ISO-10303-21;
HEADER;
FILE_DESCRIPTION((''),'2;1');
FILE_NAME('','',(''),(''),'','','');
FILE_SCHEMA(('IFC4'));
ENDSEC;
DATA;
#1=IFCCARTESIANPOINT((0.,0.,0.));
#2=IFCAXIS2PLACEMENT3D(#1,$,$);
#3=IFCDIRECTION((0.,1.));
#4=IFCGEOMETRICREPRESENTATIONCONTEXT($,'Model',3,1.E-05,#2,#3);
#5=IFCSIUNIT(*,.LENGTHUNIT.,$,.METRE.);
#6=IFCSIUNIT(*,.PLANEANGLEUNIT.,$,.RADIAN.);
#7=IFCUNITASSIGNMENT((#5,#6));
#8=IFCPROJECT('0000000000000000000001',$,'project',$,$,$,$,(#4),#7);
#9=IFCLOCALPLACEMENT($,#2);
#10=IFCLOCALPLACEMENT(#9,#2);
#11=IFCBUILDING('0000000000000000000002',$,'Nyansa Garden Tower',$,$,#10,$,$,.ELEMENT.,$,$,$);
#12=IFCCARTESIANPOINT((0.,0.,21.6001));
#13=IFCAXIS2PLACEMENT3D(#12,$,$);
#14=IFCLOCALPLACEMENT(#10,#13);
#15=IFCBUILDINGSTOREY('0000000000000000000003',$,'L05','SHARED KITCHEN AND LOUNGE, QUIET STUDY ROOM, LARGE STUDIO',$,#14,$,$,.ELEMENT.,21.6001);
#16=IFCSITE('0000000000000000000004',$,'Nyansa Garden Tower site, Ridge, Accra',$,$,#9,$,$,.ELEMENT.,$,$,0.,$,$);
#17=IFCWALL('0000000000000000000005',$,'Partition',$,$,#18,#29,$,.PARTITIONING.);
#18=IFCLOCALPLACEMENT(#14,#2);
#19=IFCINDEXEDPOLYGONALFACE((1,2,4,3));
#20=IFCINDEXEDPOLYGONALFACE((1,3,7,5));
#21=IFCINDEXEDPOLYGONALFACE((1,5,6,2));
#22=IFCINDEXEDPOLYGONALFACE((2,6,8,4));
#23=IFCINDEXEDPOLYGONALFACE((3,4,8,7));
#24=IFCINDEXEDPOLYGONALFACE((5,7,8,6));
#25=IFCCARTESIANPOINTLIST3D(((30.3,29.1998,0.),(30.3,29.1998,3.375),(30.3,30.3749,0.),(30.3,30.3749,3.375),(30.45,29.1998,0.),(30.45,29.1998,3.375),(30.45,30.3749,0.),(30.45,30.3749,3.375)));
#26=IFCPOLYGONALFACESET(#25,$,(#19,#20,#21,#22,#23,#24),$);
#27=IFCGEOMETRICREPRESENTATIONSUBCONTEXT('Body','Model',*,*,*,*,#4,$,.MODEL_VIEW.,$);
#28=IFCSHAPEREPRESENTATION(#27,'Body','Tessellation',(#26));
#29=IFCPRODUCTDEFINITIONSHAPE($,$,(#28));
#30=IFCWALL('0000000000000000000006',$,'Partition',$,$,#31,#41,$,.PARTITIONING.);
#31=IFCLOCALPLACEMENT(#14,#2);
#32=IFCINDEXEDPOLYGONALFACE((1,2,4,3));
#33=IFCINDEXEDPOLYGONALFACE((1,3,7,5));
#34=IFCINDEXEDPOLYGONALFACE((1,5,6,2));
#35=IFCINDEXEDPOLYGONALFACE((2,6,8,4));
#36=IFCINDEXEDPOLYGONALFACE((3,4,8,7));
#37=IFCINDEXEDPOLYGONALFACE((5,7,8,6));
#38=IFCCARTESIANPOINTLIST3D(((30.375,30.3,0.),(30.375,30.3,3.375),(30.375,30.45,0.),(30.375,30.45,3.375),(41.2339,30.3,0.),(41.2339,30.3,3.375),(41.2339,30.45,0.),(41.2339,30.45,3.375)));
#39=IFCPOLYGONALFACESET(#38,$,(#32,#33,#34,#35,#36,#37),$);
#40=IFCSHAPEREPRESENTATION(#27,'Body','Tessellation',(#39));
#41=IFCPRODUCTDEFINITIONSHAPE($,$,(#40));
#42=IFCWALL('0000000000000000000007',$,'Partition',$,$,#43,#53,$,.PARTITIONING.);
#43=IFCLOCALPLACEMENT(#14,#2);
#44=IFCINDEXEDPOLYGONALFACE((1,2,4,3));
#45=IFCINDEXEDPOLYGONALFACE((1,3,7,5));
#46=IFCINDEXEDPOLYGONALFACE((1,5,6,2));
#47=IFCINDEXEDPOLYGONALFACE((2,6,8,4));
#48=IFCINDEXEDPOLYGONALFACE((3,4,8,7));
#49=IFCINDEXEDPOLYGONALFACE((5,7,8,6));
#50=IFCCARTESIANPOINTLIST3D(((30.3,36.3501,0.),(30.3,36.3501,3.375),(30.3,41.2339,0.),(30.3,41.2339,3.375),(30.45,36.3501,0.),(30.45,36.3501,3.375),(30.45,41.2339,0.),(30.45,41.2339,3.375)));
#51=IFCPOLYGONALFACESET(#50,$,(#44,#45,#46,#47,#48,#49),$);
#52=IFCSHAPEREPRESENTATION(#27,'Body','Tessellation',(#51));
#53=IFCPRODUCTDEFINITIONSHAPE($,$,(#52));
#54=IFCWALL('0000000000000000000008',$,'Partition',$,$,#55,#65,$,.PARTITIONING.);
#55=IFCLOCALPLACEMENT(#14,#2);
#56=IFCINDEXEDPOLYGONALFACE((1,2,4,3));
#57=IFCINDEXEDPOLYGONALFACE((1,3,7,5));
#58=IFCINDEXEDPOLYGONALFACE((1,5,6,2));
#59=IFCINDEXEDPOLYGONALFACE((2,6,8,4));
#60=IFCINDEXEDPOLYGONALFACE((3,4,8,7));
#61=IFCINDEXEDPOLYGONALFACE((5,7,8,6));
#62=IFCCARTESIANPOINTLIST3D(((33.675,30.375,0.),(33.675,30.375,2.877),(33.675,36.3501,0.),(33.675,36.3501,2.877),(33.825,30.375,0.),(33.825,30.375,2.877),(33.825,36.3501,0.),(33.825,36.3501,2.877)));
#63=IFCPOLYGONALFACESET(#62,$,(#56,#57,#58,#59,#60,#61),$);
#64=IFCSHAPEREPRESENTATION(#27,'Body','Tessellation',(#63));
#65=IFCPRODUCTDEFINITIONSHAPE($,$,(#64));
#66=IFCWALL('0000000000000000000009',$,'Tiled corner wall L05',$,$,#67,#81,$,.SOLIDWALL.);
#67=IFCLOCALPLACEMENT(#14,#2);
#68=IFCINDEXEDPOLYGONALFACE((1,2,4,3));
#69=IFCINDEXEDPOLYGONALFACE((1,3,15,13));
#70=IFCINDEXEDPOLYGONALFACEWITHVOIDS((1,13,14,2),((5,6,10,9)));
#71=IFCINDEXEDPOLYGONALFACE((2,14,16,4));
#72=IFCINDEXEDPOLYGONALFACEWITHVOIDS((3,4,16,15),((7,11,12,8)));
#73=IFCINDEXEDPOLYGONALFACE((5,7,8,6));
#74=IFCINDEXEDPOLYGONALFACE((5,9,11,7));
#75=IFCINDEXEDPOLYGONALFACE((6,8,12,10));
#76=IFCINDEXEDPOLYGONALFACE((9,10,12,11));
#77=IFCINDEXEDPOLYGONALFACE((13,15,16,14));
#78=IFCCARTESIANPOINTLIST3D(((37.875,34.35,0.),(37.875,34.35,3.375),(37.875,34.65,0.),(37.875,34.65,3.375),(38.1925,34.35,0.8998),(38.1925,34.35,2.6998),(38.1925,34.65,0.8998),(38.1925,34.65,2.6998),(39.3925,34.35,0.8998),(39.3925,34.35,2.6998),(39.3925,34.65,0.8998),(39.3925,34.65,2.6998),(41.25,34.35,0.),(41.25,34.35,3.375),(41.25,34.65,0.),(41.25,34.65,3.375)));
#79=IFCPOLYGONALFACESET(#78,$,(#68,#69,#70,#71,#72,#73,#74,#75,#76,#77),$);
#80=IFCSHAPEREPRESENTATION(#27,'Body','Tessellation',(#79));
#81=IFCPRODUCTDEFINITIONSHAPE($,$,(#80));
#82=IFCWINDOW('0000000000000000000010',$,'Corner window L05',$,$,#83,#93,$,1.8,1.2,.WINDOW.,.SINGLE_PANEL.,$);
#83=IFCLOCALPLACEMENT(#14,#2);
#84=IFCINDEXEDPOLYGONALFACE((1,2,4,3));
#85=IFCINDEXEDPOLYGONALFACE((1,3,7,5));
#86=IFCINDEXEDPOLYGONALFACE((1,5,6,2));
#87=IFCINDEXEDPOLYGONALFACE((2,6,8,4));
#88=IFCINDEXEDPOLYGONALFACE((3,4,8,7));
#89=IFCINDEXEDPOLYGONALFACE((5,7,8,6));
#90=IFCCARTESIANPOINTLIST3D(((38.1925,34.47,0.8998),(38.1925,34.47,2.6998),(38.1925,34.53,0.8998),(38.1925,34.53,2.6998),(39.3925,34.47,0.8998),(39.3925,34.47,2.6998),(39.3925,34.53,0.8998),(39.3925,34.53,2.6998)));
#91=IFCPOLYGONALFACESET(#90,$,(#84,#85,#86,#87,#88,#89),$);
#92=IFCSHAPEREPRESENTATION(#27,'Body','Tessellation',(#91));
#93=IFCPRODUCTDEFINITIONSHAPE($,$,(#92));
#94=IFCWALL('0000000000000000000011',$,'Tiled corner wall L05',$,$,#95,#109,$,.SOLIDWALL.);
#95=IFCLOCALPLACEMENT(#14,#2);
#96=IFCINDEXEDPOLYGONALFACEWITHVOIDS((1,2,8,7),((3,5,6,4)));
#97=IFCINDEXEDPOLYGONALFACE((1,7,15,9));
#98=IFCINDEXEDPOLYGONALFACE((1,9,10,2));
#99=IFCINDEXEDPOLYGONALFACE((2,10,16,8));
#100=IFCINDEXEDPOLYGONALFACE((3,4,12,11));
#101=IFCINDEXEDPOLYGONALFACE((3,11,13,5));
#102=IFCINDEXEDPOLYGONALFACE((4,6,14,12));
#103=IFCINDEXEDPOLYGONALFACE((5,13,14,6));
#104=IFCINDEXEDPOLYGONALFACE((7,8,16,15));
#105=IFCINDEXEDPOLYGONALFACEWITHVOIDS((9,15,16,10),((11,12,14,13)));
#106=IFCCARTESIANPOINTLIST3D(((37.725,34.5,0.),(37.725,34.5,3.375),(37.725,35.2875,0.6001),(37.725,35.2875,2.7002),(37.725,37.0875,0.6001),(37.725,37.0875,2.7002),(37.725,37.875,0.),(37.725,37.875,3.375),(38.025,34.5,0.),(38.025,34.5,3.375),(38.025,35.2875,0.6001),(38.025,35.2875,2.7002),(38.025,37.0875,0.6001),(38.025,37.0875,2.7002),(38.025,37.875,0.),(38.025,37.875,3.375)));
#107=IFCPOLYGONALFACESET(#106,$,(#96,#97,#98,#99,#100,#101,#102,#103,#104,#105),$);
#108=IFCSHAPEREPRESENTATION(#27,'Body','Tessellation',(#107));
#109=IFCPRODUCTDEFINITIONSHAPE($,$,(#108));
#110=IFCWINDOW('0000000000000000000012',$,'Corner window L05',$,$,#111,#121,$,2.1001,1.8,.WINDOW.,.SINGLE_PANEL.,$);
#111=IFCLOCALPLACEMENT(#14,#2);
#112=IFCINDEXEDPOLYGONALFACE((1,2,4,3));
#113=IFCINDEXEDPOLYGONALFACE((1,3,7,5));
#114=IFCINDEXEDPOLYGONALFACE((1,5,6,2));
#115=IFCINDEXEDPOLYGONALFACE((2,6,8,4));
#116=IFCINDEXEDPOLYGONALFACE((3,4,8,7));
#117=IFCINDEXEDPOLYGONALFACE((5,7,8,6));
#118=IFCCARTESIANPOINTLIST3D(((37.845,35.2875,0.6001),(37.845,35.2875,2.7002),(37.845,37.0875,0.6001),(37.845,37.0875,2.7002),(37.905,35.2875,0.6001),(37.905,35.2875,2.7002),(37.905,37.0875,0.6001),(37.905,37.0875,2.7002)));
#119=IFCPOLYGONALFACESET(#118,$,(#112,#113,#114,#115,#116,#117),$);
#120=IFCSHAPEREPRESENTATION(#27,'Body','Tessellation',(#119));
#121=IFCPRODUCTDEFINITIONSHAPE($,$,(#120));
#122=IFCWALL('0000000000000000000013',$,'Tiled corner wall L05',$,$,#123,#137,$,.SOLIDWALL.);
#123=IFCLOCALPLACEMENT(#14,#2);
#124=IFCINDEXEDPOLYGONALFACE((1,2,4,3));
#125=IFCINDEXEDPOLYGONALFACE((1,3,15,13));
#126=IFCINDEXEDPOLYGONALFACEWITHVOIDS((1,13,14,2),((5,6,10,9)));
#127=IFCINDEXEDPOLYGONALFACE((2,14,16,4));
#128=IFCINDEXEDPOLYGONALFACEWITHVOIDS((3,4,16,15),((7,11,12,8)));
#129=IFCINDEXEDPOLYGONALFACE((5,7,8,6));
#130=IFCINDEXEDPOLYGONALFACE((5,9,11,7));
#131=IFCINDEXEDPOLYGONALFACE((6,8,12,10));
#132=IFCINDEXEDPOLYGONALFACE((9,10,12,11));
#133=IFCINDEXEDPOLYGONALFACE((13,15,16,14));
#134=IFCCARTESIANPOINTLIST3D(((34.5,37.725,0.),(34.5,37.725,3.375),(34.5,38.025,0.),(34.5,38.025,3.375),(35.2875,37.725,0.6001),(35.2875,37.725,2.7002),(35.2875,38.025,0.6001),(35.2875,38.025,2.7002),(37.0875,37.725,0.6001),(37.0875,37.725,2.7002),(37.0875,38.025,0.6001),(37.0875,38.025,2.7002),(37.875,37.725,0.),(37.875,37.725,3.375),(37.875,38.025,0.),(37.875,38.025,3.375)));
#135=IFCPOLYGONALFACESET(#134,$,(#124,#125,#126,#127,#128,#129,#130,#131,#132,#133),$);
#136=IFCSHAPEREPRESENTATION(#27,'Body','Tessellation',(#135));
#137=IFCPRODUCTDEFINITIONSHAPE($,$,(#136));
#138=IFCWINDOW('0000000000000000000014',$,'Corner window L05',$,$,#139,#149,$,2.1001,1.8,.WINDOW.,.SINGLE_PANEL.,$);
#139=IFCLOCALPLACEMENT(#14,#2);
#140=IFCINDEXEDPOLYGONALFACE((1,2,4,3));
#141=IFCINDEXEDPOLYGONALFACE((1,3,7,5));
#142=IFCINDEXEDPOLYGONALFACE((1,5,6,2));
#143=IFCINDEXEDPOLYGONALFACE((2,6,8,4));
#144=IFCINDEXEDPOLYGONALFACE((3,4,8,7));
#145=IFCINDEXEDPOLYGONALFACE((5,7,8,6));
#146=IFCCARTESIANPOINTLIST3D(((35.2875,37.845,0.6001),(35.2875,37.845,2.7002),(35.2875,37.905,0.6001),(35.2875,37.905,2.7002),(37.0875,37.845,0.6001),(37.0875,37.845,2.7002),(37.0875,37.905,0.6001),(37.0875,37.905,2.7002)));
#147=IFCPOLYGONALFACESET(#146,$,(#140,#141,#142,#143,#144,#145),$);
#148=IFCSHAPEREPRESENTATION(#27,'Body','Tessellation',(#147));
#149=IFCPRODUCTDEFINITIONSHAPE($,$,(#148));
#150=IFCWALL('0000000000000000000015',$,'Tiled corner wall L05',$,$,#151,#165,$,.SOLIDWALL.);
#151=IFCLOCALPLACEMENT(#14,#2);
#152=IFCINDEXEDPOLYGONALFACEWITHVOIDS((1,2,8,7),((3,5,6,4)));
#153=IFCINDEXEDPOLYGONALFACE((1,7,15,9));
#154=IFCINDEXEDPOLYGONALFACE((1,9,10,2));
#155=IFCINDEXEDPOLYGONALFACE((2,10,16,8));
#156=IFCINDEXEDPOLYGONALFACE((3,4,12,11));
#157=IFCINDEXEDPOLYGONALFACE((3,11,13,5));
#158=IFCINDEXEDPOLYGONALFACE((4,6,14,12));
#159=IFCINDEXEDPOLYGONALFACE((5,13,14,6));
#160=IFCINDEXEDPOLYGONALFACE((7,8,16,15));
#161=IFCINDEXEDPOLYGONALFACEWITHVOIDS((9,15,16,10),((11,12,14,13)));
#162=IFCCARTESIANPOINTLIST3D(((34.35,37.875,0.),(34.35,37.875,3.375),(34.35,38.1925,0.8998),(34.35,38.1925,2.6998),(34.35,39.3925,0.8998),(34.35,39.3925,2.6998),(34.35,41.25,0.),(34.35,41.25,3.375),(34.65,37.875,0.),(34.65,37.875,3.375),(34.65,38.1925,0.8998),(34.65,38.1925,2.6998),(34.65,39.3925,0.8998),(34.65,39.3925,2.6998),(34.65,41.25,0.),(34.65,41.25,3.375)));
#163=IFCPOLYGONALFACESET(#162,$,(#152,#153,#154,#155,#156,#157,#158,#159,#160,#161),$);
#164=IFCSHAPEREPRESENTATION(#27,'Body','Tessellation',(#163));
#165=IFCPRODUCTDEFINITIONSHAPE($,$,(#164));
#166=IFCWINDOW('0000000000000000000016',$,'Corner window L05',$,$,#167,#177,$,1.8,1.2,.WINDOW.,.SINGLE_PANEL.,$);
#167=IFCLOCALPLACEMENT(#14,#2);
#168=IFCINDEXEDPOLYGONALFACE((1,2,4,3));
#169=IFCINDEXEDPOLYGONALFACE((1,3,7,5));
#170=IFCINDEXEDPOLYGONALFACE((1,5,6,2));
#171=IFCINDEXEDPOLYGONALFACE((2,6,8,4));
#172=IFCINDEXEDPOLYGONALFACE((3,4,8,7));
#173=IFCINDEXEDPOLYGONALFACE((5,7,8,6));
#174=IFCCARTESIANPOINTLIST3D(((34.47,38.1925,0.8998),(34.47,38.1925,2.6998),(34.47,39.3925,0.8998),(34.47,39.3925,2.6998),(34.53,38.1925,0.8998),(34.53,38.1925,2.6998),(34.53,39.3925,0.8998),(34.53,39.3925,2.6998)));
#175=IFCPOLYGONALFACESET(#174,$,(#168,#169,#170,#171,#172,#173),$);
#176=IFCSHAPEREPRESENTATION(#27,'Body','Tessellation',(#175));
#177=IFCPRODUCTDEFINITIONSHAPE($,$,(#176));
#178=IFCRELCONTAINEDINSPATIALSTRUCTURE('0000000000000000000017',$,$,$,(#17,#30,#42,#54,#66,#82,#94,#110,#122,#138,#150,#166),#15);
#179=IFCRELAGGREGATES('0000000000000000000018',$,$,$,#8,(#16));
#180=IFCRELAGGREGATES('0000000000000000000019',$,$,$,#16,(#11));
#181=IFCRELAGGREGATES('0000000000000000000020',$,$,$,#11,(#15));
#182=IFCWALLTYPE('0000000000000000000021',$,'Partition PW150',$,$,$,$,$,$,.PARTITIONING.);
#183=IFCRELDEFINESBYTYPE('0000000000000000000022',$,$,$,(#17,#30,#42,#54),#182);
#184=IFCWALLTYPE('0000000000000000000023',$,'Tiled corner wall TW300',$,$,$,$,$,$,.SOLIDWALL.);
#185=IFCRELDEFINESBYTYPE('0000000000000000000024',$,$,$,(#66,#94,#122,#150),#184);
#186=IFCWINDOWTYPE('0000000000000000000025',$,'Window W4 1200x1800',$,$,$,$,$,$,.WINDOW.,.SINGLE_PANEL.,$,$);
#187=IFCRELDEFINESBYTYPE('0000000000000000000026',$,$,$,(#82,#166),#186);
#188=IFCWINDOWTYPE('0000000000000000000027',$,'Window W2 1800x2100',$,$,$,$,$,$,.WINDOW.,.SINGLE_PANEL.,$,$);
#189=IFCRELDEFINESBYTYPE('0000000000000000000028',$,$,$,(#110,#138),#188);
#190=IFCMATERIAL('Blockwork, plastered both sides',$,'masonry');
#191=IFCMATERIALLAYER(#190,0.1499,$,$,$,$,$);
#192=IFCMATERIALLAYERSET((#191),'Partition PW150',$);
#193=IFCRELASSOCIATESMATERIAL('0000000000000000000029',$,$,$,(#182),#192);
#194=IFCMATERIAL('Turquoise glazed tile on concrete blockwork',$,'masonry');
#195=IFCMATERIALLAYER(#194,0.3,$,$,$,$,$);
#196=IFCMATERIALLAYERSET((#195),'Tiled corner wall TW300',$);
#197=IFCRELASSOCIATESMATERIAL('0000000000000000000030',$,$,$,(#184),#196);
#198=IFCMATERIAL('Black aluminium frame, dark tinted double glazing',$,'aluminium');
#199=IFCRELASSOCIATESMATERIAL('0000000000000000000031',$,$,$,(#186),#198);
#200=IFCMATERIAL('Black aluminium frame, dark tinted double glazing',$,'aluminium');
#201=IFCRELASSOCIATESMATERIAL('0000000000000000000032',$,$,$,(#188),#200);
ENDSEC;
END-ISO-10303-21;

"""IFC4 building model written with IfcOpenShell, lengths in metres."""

from ifc_helpers import new_model, si_unit, direction, frame, frame_2d, origin, place, context, subcontext, project, spatial, rectangle, extrude, material, layer, layer_set, type_object, element, fill, save


model = new_model("IFC4")

# Units and contexts
model_context = context("Model", 3, precision=1e-05, world=origin(), true_north=direction((0.0, 1.0)))
body_context = subcontext(model_context, "Body", "Model", "MODEL_VIEW")
ifc_project = project(units=[si_unit("LENGTHUNIT", "METRE"), si_unit("PLANEANGLEUNIT", "RADIAN")], contexts=[model_context])

# Site, building, storey
site_placement = place(None, origin())
site = spatial("IfcSite", under=ifc_project, at=site_placement, Name="Nyansa Garden Tower site, Ridge, Accra", CompositionType="ELEMENT", RefElevation=0.0)
building_placement = place(site_placement, origin())
building = spatial("IfcBuilding", under=site, at=building_placement, Name="Nyansa Garden Tower", CompositionType="ELEMENT")
storey_placement = place(building_placement, frame((0.0, 0.0, 21.6001)))
storey = spatial("IfcBuildingStorey", under=building, at=storey_placement, Name="L05", Description="SHARED KITCHEN AND LOUNGE, QUIET STUDY ROOM, LARGE STUDIO", CompositionType="ELEMENT", Elevation=21.6001)

# Walls
ifc_material_1 = material(Name="Blockwork, plastered both sides", Category="masonry")
ifc_layer_1 = layer(ifc_material_1, 0.1499)
ifc_layer_set_1 = layer_set([ifc_layer_1], Name="Partition PW150")
wall_type_1 = type_object("IfcWallType", Name="Partition PW150", PredefinedType="PARTITIONING", material=ifc_layer_set_1)
wall_1_placement = place(storey_placement, frame((30.375, 29.2, 0.0), z_axis=(0.0, 0.0, 1.0), x_axis=(0.0, 1.0, 0.0)))
element("IfcWall", 1, at=wall_1_placement, inside=storey, type_object=wall_type_1, Name="Partition", PredefinedType="PARTITIONING", context=body_context, shape_type="SweptSolid", body=[
    extrude(rectangle(XDim=1.175, YDim=0.1499, at=frame_2d((0.5874, 0.0))), origin(), (0.0, 0.0, 1.0), 3.375),
])
wall_2_placement = place(storey_placement, frame((30.375, 30.375, 0.0), z_axis=(0.0, 0.0, 1.0), x_axis=(1.0, 0.0, 0.0)))
element("IfcWall", 2, at=wall_2_placement, inside=storey, type_object=wall_type_1, Name="Partition", PredefinedType="PARTITIONING", context=body_context, shape_type="SweptSolid", body=[
    extrude(rectangle(XDim=10.8589, YDim=0.1499, at=frame_2d((5.4294, 0.0))), origin(), (0.0, 0.0, 1.0), 3.375),
])
wall_3_placement = place(storey_placement, frame((30.375, 36.3501, 0.0), z_axis=(0.0, 0.0, 1.0), x_axis=(0.0, 1.0, 0.0)))
element("IfcWall", 3, at=wall_3_placement, inside=storey, type_object=wall_type_1, Name="Partition", PredefinedType="PARTITIONING", context=body_context, shape_type="SweptSolid", body=[
    extrude(rectangle(XDim=4.8838, YDim=0.1499, at=frame_2d((2.4419, 0.0))), origin(), (0.0, 0.0, 1.0), 3.375),
])
wall_4_placement = place(storey_placement, frame((33.75, 30.375, 0.0), z_axis=(0.0, 0.0, 1.0), x_axis=(0.0, 1.0, 0.0)))
element("IfcWall", 4, at=wall_4_placement, inside=storey, type_object=wall_type_1, Name="Partition", PredefinedType="PARTITIONING", context=body_context, shape_type="SweptSolid", body=[
    extrude(rectangle(XDim=5.9751, YDim=0.1499, at=frame_2d((2.9875, 0.0))), origin(), (0.0, 0.0, 1.0), 2.877),
])

# Walls, openings, windows
ifc_material_2 = material(Name="Turquoise glazed tile on concrete blockwork", Category="masonry")
ifc_layer_2 = layer(ifc_material_2, 0.3)
ifc_layer_set_2 = layer_set([ifc_layer_2], Name="Tiled corner wall TW300")
wall_type_2 = type_object("IfcWallType", Name="Tiled corner wall TW300", PredefinedType="SOLIDWALL", material=ifc_layer_set_2)
wall_5_placement = place(storey_placement, frame((41.25, 34.5, 0.0), z_axis=(0.0, 0.0, 1.0), x_axis=(-1.0, 0.0, 0.0)))
wall_5 = element("IfcWall", 5, at=wall_5_placement, inside=storey, type_object=wall_type_2, Name="Tiled corner wall L05", PredefinedType="SOLIDWALL", context=body_context, shape_type="SweptSolid", body=[
    extrude(rectangle(XDim=3.375, YDim=0.3, at=frame_2d((1.6875, 0.0))), origin(), (0.0, 0.0, 1.0), 3.375),
])
opening_1_placement = place(wall_5_placement, frame((1.8574, 0.0, 0.8999)))
opening_1 = element("IfcOpeningElement", 6, at=opening_1_placement, cuts=wall_5, PredefinedType="OPENING", context=body_context, shape_type="SweptSolid", body=[
    extrude(rectangle(XDim=1.2, YDim=1.8, at=frame_2d((0.6001, 0.8999))), frame((0.0, 0.1599, 0.0), z_axis=(0.0, -1.0, 0.0), x_axis=(1.0, 0.0, 0.0)), (0.0, 0.0, 1.0), 0.3201),
])
ifc_material_3 = material(Name="Black aluminium frame, dark tinted double glazing", Category="aluminium")
window_type_1 = type_object("IfcWindowType", Name="Window W4 1200x1800", PartitioningType="SINGLE_PANEL", PredefinedType="WINDOW", material=ifc_material_3)
window_1_placement = place(opening_1_placement, origin())
window_1 = element("IfcWindow", 7, at=window_1_placement, inside=storey, type_object=window_type_1, Name="Corner window L05", OverallHeight=1.8, OverallWidth=1.2, PartitioningType="SINGLE_PANEL", PredefinedType="WINDOW", context=body_context, shape_type="SweptSolid", body=[
    extrude(rectangle(XDim=1.2, YDim=1.8, at=frame_2d((0.6001, 0.8999))), frame((0.0, 0.03, 0.0), z_axis=(0.0, -1.0, 0.0), x_axis=(1.0, 0.0, 0.0)), (0.0, 0.0, 1.0), 0.0601),
])
fill(opening_1, window_1)
wall_6_placement = place(storey_placement, frame((37.875, 34.5, 0.0), z_axis=(0.0, 0.0, 1.0), x_axis=(0.0, 1.0, 0.0)))
wall_6 = element("IfcWall", 8, at=wall_6_placement, inside=storey, type_object=wall_type_2, Name="Tiled corner wall L05", PredefinedType="SOLIDWALL", context=body_context, shape_type="SweptSolid", body=[
    extrude(rectangle(XDim=3.375, YDim=0.3, at=frame_2d((1.6875, 0.0))), origin(), (0.0, 0.0, 1.0), 3.375),
])
opening_2_placement = place(wall_6_placement, frame((0.7876, 0.0, 0.6001)))
opening_2 = element("IfcOpeningElement", 9, at=opening_2_placement, cuts=wall_6, PredefinedType="OPENING", context=body_context, shape_type="SweptSolid", body=[
    extrude(rectangle(XDim=1.8, YDim=2.1001, at=frame_2d((0.8999, 1.05))), frame((0.0, 0.1599, 0.0), z_axis=(0.0, -1.0, 0.0), x_axis=(1.0, 0.0, 0.0)), (0.0, 0.0, 1.0), 0.3201),
])
ifc_material_4 = material(Name="Black aluminium frame, dark tinted double glazing", Category="aluminium")
window_type_2 = type_object("IfcWindowType", Name="Window W2 1800x2100", PartitioningType="SINGLE_PANEL", PredefinedType="WINDOW", material=ifc_material_4)
window_2_placement = place(opening_2_placement, origin())
window_2 = element("IfcWindow", 10, at=window_2_placement, inside=storey, type_object=window_type_2, Name="Corner window L05", OverallHeight=2.1001, OverallWidth=1.8, PartitioningType="SINGLE_PANEL", PredefinedType="WINDOW", context=body_context, shape_type="SweptSolid", body=[
    extrude(rectangle(XDim=1.8, YDim=2.1001, at=frame_2d((0.8999, 1.05))), frame((0.0, 0.03, 0.0), z_axis=(0.0, -1.0, 0.0), x_axis=(1.0, 0.0, 0.0)), (0.0, 0.0, 1.0), 0.0601),
])
fill(opening_2, window_2)
wall_7_placement = place(storey_placement, frame((37.875, 37.875, 0.0), z_axis=(0.0, 0.0, 1.0), x_axis=(-1.0, 0.0, 0.0)))
wall_7 = element("IfcWall", 11, at=wall_7_placement, inside=storey, type_object=wall_type_2, Name="Tiled corner wall L05", PredefinedType="SOLIDWALL", context=body_context, shape_type="SweptSolid", body=[
    extrude(rectangle(XDim=3.375, YDim=0.3, at=frame_2d((1.6875, 0.0))), origin(), (0.0, 0.0, 1.0), 3.375),
])
opening_3_placement = place(wall_7_placement, frame((0.7876, 0.0, 0.6001)))
opening_3 = element("IfcOpeningElement", 12, at=opening_3_placement, cuts=wall_7, PredefinedType="OPENING", context=body_context, shape_type="SweptSolid", body=[
    extrude(rectangle(XDim=1.8, YDim=2.1001, at=frame_2d((0.8999, 1.05))), frame((0.0, 0.1599, 0.0), z_axis=(0.0, -1.0, 0.0), x_axis=(1.0, 0.0, 0.0)), (0.0, 0.0, 1.0), 0.3201),
])
window_3_placement = place(opening_3_placement, origin())
window_3 = element("IfcWindow", 13, at=window_3_placement, inside=storey, type_object=window_type_2, Name="Corner window L05", OverallHeight=2.1001, OverallWidth=1.8, PartitioningType="SINGLE_PANEL", PredefinedType="WINDOW", context=body_context, shape_type="SweptSolid", body=[
    extrude(rectangle(XDim=1.8, YDim=2.1001, at=frame_2d((0.8999, 1.05))), frame((0.0, 0.03, 0.0), z_axis=(0.0, -1.0, 0.0), x_axis=(1.0, 0.0, 0.0)), (0.0, 0.0, 1.0), 0.0601),
])
fill(opening_3, window_3)
wall_8_placement = place(storey_placement, frame((34.5, 37.875, 0.0), z_axis=(0.0, 0.0, 1.0), x_axis=(0.0, 1.0, 0.0)))
wall_8 = element("IfcWall", 14, at=wall_8_placement, inside=storey, type_object=wall_type_2, Name="Tiled corner wall L05", PredefinedType="SOLIDWALL", context=body_context, shape_type="SweptSolid", body=[
    extrude(rectangle(XDim=3.375, YDim=0.3, at=frame_2d((1.6875, 0.0))), origin(), (0.0, 0.0, 1.0), 3.375),
])
opening_4_placement = place(wall_8_placement, frame((0.3174, 0.0, 0.8999)))
opening_4 = element("IfcOpeningElement", 15, at=opening_4_placement, cuts=wall_8, PredefinedType="OPENING", context=body_context, shape_type="SweptSolid", body=[
    extrude(rectangle(XDim=1.2, YDim=1.8, at=frame_2d((0.6001, 0.8999))), frame((0.0, 0.1599, 0.0), z_axis=(0.0, -1.0, 0.0), x_axis=(1.0, 0.0, 0.0)), (0.0, 0.0, 1.0), 0.3201),
])
window_4_placement = place(opening_4_placement, origin())
window_4 = element("IfcWindow", 16, at=window_4_placement, inside=storey, type_object=window_type_1, Name="Corner window L05", OverallHeight=1.8, OverallWidth=1.2, PartitioningType="SINGLE_PANEL", PredefinedType="WINDOW", context=body_context, shape_type="SweptSolid", body=[
    extrude(rectangle(XDim=1.2, YDim=1.8, at=frame_2d((0.6001, 0.8999))), frame((0.0, 0.03, 0.0), z_axis=(0.0, -1.0, 0.0), x_axis=(1.0, 0.0, 0.0)), (0.0, 0.0, 1.0), 0.0601),
])
fill(opening_4, window_4)

save(model, "model.ifc")
